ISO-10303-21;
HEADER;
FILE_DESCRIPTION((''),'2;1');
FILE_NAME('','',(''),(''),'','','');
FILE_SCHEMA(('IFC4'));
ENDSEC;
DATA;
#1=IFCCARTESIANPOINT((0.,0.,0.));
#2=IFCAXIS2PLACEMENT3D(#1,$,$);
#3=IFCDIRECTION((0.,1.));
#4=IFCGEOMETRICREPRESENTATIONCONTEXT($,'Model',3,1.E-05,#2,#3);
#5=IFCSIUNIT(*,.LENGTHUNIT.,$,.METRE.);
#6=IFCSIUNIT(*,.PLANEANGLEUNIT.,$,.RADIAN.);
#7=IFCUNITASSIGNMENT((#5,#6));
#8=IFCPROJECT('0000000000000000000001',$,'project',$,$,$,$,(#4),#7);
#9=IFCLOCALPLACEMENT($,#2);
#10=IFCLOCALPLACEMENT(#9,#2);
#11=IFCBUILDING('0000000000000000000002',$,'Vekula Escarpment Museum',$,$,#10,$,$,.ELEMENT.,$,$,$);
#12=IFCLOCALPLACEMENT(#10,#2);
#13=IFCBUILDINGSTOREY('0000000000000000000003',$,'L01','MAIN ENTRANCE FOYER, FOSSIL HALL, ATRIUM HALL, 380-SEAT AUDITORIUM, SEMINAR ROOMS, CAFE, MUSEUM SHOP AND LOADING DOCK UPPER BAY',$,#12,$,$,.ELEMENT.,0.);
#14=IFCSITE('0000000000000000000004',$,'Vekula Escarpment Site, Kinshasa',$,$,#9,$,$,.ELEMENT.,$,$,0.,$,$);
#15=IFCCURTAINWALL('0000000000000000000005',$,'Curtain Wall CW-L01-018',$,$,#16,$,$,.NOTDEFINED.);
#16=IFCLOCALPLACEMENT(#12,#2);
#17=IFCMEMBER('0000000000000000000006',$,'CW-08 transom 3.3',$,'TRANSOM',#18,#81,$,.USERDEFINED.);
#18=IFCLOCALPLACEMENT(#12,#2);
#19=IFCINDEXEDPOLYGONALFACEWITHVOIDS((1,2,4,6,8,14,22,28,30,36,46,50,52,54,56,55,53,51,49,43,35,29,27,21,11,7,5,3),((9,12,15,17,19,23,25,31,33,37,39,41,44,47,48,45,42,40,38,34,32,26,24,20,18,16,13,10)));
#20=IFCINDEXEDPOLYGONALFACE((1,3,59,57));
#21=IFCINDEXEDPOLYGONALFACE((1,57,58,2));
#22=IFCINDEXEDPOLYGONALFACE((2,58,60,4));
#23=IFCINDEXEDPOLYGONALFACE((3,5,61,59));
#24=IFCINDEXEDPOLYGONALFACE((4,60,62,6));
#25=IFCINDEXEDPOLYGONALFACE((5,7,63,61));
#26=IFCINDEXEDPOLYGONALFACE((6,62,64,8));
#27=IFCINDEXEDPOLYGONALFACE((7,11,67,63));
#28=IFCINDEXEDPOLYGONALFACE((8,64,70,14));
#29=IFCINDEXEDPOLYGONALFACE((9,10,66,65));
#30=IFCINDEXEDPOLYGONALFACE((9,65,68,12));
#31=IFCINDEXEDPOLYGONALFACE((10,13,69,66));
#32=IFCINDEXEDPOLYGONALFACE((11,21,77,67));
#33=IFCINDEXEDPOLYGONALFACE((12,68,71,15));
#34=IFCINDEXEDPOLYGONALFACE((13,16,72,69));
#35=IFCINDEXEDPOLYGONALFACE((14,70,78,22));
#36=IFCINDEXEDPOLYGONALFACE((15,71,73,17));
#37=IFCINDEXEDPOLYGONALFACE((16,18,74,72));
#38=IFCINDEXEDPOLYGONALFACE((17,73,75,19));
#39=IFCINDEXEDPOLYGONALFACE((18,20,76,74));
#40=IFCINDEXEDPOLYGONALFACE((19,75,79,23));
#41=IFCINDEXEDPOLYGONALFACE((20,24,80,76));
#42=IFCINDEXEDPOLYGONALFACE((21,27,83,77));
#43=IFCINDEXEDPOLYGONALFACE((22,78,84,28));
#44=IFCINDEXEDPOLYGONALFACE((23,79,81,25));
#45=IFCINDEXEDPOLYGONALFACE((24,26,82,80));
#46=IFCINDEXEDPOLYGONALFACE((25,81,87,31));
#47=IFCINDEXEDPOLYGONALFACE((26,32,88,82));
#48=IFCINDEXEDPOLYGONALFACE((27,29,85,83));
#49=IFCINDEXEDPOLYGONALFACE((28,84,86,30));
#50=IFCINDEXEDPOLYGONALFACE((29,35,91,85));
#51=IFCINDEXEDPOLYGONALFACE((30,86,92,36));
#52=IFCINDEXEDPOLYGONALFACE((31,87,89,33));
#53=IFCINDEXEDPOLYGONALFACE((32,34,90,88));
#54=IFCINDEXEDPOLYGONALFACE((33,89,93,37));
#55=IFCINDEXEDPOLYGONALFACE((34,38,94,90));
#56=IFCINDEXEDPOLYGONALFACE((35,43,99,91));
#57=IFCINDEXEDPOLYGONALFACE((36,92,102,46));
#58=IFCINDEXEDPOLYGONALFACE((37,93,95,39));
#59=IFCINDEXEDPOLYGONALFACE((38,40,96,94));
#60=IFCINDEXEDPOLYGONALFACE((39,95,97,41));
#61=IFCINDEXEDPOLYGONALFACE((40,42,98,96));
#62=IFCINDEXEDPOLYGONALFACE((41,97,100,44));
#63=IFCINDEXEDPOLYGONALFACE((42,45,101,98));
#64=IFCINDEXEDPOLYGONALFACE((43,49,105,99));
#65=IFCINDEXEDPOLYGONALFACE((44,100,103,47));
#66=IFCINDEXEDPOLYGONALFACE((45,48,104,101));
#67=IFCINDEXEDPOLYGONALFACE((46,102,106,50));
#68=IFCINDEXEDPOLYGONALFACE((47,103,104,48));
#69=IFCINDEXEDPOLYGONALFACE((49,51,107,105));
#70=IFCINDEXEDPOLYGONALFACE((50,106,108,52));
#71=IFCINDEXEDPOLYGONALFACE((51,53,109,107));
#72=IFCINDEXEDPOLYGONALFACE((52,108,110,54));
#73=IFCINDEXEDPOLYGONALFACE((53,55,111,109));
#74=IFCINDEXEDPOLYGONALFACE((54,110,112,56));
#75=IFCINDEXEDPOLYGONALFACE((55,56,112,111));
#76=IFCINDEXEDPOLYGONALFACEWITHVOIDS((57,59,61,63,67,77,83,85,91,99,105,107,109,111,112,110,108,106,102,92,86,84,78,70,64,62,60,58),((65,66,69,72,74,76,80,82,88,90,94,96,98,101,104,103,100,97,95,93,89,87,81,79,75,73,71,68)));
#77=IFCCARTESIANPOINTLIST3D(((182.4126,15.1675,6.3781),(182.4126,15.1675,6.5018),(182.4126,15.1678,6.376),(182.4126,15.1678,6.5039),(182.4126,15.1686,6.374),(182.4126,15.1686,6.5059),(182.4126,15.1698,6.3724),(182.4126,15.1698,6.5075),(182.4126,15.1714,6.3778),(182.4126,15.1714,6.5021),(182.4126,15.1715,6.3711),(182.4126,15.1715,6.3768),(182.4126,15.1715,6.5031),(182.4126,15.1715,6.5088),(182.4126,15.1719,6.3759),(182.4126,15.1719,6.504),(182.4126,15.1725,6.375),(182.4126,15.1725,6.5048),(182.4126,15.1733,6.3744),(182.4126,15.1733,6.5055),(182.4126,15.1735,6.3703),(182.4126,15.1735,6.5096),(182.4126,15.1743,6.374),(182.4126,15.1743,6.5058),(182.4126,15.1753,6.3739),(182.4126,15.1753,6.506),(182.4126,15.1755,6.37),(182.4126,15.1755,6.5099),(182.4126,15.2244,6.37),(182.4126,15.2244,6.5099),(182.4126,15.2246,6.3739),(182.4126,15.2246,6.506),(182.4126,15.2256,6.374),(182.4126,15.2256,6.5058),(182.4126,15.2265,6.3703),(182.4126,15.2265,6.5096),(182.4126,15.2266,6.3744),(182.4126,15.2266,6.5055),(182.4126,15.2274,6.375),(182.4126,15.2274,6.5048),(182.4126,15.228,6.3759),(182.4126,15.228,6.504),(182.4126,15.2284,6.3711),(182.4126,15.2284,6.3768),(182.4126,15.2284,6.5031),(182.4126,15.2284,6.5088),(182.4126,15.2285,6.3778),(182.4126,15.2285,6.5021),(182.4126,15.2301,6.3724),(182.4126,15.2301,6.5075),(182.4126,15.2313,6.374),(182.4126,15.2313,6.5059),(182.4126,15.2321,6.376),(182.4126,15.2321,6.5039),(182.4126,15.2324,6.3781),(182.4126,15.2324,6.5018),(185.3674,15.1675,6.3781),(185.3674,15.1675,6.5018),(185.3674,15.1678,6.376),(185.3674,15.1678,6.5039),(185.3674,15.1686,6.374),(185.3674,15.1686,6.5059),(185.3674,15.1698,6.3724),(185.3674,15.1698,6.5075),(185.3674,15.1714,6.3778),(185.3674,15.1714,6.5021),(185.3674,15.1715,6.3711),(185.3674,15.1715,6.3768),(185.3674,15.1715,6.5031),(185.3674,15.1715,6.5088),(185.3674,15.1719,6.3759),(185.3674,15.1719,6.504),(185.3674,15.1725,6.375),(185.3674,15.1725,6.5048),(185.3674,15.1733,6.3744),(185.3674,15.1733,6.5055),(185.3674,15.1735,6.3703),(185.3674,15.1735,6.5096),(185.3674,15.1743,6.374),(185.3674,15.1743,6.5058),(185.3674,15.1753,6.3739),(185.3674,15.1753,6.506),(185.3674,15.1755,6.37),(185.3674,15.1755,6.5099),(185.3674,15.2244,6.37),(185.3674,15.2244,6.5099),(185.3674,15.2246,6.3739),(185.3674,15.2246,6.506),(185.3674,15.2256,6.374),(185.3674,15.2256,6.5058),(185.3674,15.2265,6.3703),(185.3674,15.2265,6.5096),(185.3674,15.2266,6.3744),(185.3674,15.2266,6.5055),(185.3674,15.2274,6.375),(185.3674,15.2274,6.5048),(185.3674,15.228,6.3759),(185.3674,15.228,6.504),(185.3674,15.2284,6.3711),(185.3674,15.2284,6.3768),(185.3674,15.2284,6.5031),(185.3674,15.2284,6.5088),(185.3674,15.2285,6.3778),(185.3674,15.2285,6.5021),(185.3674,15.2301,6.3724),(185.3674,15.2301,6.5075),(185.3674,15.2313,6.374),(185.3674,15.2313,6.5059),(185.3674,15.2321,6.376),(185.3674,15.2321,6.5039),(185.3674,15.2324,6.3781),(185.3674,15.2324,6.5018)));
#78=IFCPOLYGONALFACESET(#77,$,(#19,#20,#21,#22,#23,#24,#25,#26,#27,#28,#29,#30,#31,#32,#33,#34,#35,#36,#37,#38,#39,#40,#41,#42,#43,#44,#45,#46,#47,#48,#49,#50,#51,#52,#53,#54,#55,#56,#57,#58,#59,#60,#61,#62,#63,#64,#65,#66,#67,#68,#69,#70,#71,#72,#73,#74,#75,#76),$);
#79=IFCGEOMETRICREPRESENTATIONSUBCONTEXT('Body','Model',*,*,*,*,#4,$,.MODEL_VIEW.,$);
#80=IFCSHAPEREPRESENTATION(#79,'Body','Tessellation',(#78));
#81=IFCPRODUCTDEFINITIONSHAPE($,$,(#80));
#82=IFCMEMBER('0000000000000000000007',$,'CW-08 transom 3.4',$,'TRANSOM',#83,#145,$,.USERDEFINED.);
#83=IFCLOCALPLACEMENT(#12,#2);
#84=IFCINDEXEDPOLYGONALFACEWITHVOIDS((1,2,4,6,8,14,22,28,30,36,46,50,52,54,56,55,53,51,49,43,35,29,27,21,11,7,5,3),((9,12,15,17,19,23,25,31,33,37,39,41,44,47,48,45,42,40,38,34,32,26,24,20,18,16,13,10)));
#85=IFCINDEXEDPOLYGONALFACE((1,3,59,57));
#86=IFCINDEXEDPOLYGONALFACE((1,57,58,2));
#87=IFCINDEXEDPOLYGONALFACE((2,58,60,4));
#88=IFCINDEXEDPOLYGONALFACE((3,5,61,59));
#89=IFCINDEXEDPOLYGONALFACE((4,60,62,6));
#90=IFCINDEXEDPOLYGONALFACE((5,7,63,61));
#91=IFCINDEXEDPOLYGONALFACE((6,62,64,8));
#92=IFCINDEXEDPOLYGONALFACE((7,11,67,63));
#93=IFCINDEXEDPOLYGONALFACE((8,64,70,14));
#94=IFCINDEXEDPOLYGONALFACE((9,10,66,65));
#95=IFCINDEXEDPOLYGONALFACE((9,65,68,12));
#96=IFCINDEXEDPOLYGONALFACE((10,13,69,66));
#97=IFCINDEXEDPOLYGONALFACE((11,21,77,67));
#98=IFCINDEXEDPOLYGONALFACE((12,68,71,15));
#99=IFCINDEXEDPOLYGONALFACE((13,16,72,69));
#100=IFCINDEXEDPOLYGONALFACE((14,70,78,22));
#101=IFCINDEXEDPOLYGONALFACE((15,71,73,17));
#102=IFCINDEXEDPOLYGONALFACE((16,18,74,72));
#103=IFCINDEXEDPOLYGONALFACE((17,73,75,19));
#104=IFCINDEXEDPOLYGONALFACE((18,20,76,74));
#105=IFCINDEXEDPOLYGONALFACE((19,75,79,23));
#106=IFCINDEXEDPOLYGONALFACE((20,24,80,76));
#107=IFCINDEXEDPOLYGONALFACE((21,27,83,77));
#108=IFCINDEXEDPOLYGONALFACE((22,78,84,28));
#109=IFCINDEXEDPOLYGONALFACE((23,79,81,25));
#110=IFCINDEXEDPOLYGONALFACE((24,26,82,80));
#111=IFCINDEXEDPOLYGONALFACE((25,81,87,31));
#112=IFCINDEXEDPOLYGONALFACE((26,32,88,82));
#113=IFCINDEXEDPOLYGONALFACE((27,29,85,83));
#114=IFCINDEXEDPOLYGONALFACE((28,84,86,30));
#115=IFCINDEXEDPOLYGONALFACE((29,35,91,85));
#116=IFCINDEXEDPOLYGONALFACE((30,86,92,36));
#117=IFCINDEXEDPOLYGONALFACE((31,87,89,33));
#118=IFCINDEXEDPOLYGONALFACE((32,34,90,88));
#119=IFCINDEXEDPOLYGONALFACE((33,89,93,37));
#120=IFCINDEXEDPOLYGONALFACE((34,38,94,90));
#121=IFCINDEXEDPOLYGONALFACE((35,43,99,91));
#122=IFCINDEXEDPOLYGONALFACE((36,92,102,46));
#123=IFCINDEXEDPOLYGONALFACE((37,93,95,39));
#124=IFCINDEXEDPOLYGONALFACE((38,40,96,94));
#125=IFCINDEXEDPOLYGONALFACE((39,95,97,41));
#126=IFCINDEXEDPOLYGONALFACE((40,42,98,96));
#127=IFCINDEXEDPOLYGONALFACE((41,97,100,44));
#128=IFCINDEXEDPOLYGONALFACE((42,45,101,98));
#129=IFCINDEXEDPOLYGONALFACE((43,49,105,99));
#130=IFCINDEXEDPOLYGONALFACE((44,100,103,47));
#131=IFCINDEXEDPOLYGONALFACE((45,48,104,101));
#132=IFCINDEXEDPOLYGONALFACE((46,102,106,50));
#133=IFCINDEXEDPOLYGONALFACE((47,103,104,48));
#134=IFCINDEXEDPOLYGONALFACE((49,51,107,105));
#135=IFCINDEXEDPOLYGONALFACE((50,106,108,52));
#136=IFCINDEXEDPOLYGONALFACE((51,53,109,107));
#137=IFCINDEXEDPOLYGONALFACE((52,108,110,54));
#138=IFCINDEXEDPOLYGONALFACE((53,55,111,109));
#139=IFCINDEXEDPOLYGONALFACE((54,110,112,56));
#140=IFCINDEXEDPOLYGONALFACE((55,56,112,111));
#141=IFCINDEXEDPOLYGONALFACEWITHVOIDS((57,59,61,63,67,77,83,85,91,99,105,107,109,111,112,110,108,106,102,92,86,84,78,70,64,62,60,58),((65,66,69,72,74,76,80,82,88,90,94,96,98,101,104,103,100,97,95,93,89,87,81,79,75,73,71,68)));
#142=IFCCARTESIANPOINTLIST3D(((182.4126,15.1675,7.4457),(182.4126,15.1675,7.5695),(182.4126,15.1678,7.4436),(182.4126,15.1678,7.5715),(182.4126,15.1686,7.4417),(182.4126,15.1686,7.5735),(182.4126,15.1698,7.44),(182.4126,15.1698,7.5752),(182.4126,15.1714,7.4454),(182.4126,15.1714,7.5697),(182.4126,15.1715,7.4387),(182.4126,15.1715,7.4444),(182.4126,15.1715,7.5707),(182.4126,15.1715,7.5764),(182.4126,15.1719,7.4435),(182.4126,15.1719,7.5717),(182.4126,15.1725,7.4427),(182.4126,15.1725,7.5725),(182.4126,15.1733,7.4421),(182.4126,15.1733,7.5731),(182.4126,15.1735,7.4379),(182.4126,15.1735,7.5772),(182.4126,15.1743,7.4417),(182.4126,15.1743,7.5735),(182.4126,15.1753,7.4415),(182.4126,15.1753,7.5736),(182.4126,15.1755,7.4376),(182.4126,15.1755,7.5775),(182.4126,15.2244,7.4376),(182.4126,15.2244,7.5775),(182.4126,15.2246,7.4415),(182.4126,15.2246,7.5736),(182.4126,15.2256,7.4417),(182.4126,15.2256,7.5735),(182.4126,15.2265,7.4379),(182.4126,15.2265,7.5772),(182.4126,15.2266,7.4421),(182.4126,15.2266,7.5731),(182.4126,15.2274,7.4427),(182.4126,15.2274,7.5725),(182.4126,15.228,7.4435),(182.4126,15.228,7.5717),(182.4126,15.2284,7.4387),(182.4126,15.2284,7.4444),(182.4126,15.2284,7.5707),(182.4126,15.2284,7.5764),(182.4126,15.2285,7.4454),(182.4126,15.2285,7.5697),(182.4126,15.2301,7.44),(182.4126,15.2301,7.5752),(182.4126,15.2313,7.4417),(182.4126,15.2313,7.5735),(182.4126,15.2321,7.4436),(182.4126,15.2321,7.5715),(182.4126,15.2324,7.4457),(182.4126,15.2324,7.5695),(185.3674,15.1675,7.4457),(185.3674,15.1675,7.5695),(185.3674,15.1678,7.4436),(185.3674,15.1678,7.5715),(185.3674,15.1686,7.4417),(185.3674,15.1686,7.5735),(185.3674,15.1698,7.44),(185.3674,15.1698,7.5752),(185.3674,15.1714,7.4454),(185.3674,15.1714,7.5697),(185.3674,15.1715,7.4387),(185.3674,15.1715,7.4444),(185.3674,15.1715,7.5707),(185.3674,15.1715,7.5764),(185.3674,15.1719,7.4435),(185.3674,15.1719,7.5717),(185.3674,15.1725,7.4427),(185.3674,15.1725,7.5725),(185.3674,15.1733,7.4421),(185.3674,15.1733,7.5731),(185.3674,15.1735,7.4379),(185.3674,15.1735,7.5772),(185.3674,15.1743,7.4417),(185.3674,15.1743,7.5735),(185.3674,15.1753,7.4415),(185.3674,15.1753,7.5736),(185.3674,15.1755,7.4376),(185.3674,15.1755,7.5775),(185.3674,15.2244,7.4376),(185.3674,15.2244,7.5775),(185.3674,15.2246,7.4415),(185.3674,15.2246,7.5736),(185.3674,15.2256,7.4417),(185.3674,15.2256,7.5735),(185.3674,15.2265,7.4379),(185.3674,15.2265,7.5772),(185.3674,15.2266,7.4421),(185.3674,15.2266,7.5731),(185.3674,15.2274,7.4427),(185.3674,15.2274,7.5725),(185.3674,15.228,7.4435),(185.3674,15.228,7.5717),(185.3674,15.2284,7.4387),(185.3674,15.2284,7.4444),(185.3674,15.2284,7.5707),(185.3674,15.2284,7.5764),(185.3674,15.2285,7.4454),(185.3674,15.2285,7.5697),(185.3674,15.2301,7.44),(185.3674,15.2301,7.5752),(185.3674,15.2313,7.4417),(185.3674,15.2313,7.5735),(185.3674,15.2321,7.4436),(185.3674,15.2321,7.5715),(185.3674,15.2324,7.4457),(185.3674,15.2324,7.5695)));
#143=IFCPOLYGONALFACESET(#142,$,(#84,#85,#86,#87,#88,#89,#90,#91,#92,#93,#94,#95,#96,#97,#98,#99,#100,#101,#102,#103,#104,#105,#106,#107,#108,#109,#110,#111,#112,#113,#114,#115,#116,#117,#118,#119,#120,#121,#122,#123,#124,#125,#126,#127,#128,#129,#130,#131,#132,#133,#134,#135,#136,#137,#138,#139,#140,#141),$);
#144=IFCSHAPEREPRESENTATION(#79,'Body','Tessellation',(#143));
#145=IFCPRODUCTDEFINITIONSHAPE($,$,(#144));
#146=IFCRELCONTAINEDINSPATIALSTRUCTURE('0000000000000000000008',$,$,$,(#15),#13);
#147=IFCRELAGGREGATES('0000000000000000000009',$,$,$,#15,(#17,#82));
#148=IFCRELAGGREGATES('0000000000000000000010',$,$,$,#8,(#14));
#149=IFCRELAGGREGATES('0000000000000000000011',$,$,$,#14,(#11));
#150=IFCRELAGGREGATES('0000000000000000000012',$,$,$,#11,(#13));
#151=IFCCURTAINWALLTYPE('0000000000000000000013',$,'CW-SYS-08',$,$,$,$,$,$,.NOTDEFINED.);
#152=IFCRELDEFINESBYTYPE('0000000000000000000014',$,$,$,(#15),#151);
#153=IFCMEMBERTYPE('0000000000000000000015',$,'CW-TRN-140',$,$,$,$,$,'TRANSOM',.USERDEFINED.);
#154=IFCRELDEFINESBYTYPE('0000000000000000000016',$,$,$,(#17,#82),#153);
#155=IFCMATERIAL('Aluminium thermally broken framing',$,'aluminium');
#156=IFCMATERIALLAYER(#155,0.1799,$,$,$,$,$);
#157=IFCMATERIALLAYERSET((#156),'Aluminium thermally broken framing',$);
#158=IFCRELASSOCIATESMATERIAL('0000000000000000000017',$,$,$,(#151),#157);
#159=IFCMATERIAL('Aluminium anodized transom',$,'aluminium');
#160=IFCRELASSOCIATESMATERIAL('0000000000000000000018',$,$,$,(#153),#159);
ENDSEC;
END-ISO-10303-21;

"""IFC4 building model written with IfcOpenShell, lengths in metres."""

from ifc_helpers import new_model, si_unit, direction, frame, origin, origin_2d, place, context, subcontext, project, spatial, hollow_rectangle, extrude, material, layer, layer_set, material_profile, profile_set, type_object, element, aggregate, save


model = new_model("IFC4")

# Units and contexts
model_context = context("Model", 3, precision=1e-05, world=origin(), true_north=direction((0.0, 1.0)))
body_context = subcontext(model_context, "Body", "Model", "MODEL_VIEW")
ifc_project = project(units=[si_unit("LENGTHUNIT", "METRE"), si_unit("PLANEANGLEUNIT", "RADIAN")], contexts=[model_context])

# Site, building, storey
site_placement = place(None, origin())
site = spatial("IfcSite", under=ifc_project, at=site_placement, Name="Vekula Escarpment Site, Kinshasa", CompositionType="ELEMENT", RefElevation=0.0)
building_placement = place(site_placement, origin())
building = spatial("IfcBuilding", under=site, at=building_placement, Name="Vekula Escarpment Museum", CompositionType="ELEMENT")
storey_placement = place(building_placement, origin())
storey = spatial("IfcBuildingStorey", under=building, at=storey_placement, Name="L01", Description="MAIN ENTRANCE FOYER, FOSSIL HALL, ATRIUM HALL, 380-SEAT AUDITORIUM, SEMINAR ROOMS, CAFE, MUSEUM SHOP AND LOADING DOCK UPPER BAY", CompositionType="ELEMENT", Elevation=0.0)

# Curtain wall, members
ifc_material_1 = material(Name="Aluminium thermally broken framing", Category="aluminium")
ifc_layer_1 = layer(ifc_material_1, 0.1799)
ifc_layer_set_1 = layer_set([ifc_layer_1], Name="Aluminium thermally broken framing")
curtain_wall_type = type_object("IfcCurtainWallType", Name="CW-SYS-08", PredefinedType="NOTDEFINED", material=ifc_layer_set_1)
curtain_wall_placement = place(storey_placement, origin())
curtain_wall = element("IfcCurtainWall", 1, at=curtain_wall_placement, inside=storey, type_object=curtain_wall_type, Name="Curtain Wall CW-L01-018", PredefinedType="NOTDEFINED")
ifc_material_2 = material(Name="Aluminium anodized transom", Category="aluminium")
ifc_material_profile_1 = material_profile(ifc_material_2, hollow_rectangle(XDim=0.0649, YDim=0.1399, WallThickness=0.0039, InnerFilletRadius=0.0039, OuterFilletRadius=0.0081, at=origin_2d()), Name="ALU 140x65x4")
ifc_profile_set_1 = profile_set([ifc_material_profile_1], Name="Aluminium anodized transom")
member_type_1 = type_object("IfcMemberType", Name="CW-TRN-140", ElementType="TRANSOM", PredefinedType="USERDEFINED", material=ifc_profile_set_1)
member_1_placement = place(storey_placement, frame((185.3674, 15.2, 6.4399), z_axis=(-1.0, 0.0, 0.0), x_axis=(0.0, -1.0, 0.0)))
member_1 = element("IfcMember", 2, at=member_1_placement, type_object=member_type_1, Name="CW-08 transom 3.3", ObjectType="TRANSOM", PredefinedType="USERDEFINED", context=body_context, shape_type="SweptSolid", body=[
    extrude(hollow_rectangle(XDim=0.0649, YDim=0.1399, WallThickness=0.0039, InnerFilletRadius=0.0039, OuterFilletRadius=0.0081, at=origin_2d()), origin(), (0.0, 0.0, 1.0), 2.9548),
])
member_2_placement = place(storey_placement, frame((185.3674, 15.2, 7.5076), z_axis=(-1.0, 0.0, 0.0), x_axis=(0.0, -1.0, 0.0)))
member_2 = element("IfcMember", 3, at=member_2_placement, type_object=member_type_1, Name="CW-08 transom 3.4", ObjectType="TRANSOM", PredefinedType="USERDEFINED", context=body_context, shape_type="SweptSolid", body=[
    extrude(hollow_rectangle(XDim=0.0649, YDim=0.1399, WallThickness=0.0039, InnerFilletRadius=0.0039, OuterFilletRadius=0.0081, at=origin_2d()), origin(), (0.0, 0.0, 1.0), 2.9548),
])
aggregate(curtain_wall, [member_1, member_2])

save(model, "model.ifc")
